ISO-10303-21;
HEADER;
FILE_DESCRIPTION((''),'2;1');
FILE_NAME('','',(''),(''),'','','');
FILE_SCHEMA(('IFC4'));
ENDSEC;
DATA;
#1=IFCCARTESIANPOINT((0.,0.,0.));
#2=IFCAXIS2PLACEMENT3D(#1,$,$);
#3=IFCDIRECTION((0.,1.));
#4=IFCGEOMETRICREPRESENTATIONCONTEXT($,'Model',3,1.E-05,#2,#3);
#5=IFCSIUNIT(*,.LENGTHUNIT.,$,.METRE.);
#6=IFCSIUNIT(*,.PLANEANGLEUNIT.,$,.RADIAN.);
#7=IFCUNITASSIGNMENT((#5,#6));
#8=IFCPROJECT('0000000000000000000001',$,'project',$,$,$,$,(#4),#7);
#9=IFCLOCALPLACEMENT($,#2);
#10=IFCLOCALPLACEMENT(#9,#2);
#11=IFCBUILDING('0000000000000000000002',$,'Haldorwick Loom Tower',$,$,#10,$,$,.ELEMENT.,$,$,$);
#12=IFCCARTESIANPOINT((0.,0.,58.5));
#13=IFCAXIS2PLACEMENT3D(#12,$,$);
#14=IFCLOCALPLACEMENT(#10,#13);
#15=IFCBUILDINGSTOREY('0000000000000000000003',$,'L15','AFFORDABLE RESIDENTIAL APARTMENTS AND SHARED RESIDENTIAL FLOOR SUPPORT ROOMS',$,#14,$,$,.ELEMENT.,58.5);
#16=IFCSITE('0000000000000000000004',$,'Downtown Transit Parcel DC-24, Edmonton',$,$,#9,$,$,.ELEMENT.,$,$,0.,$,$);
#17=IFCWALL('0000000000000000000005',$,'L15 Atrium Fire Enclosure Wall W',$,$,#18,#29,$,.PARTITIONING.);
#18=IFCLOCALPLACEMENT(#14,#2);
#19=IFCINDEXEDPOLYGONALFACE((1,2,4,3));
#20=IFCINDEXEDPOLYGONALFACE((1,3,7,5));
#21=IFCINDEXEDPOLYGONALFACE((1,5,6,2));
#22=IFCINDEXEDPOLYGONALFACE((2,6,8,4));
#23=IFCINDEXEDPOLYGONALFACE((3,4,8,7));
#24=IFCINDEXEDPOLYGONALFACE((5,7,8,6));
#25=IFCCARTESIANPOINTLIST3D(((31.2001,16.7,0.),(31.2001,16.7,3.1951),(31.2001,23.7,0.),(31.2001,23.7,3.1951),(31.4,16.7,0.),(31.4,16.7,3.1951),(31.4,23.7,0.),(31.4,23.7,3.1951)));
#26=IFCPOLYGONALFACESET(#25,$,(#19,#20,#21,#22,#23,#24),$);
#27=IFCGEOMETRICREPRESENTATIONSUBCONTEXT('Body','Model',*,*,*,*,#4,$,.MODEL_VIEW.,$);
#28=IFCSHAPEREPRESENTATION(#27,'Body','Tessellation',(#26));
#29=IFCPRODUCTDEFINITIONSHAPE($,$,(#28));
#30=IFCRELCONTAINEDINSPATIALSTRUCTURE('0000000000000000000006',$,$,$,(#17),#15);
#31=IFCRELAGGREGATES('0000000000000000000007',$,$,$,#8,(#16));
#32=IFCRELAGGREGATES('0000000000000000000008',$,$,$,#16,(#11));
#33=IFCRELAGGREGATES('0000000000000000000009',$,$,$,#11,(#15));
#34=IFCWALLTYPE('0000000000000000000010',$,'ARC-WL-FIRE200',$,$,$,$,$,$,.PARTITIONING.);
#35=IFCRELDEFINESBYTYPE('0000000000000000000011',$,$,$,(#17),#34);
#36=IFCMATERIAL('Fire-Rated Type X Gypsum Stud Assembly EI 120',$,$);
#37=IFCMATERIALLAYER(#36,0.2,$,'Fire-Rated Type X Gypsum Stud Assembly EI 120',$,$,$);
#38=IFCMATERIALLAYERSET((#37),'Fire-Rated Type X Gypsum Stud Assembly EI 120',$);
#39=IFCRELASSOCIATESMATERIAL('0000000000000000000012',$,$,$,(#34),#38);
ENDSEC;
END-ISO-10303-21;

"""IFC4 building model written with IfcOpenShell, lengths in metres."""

from ifc_helpers import new_model, si_unit, direction, frame, frame_2d, origin, place, context, subcontext, project, spatial, rectangle, extrude, material, layer, layer_set, type_object, element, save


model = new_model("IFC4")

# Units and contexts
model_context = context("Model", 3, precision=1e-05, world=origin(), true_north=direction((0.0, 1.0)))
body_context = subcontext(model_context, "Body", "Model", "MODEL_VIEW")
ifc_project = project(units=[si_unit("LENGTHUNIT", "METRE"), si_unit("PLANEANGLEUNIT", "RADIAN")], contexts=[model_context])

# Site, building, storey
site_placement = place(None, origin())
site = spatial("IfcSite", under=ifc_project, at=site_placement, Name="Downtown Transit Parcel DC-24, Edmonton", CompositionType="ELEMENT", RefElevation=0.0)
building_placement = place(site_placement, origin())
building = spatial("IfcBuilding", under=site, at=building_placement, Name="Haldorwick Loom Tower", CompositionType="ELEMENT")
storey_placement = place(building_placement, frame((0.0, 0.0, 58.5)))
storey = spatial("IfcBuildingStorey", under=building, at=storey_placement, Name="L15", Description="AFFORDABLE RESIDENTIAL APARTMENTS AND SHARED RESIDENTIAL FLOOR SUPPORT ROOMS", CompositionType="ELEMENT", Elevation=58.5)

# Wall
ifc_material_1 = material(Name="Fire-Rated Type X Gypsum Stud Assembly EI 120")
ifc_layer_1 = layer(ifc_material_1, 0.2, Name="Fire-Rated Type X Gypsum Stud Assembly EI 120")
ifc_layer_set_1 = layer_set([ifc_layer_1], Name="Fire-Rated Type X Gypsum Stud Assembly EI 120")
wall_type_1 = type_object("IfcWallType", Name="ARC-WL-FIRE200", PredefinedType="PARTITIONING", material=ifc_layer_set_1)
wall_1_placement = place(storey_placement, frame((31.3, 16.7, 0.0), z_axis=(0.0, 0.0, 1.0), x_axis=(0.0, 1.0, 0.0)))
element("IfcWall", 1, at=wall_1_placement, inside=storey, type_object=wall_type_1, Name="L15 Atrium Fire Enclosure Wall W", PredefinedType="PARTITIONING", context=body_context, shape_type="SweptSolid", body=[
    extrude(rectangle(XDim=7.0, YDim=0.2, at=frame_2d((3.5, 0.0))), origin(), (0.0, 0.0, 1.0), 3.1951),
])

save(model, "model.ifc")
